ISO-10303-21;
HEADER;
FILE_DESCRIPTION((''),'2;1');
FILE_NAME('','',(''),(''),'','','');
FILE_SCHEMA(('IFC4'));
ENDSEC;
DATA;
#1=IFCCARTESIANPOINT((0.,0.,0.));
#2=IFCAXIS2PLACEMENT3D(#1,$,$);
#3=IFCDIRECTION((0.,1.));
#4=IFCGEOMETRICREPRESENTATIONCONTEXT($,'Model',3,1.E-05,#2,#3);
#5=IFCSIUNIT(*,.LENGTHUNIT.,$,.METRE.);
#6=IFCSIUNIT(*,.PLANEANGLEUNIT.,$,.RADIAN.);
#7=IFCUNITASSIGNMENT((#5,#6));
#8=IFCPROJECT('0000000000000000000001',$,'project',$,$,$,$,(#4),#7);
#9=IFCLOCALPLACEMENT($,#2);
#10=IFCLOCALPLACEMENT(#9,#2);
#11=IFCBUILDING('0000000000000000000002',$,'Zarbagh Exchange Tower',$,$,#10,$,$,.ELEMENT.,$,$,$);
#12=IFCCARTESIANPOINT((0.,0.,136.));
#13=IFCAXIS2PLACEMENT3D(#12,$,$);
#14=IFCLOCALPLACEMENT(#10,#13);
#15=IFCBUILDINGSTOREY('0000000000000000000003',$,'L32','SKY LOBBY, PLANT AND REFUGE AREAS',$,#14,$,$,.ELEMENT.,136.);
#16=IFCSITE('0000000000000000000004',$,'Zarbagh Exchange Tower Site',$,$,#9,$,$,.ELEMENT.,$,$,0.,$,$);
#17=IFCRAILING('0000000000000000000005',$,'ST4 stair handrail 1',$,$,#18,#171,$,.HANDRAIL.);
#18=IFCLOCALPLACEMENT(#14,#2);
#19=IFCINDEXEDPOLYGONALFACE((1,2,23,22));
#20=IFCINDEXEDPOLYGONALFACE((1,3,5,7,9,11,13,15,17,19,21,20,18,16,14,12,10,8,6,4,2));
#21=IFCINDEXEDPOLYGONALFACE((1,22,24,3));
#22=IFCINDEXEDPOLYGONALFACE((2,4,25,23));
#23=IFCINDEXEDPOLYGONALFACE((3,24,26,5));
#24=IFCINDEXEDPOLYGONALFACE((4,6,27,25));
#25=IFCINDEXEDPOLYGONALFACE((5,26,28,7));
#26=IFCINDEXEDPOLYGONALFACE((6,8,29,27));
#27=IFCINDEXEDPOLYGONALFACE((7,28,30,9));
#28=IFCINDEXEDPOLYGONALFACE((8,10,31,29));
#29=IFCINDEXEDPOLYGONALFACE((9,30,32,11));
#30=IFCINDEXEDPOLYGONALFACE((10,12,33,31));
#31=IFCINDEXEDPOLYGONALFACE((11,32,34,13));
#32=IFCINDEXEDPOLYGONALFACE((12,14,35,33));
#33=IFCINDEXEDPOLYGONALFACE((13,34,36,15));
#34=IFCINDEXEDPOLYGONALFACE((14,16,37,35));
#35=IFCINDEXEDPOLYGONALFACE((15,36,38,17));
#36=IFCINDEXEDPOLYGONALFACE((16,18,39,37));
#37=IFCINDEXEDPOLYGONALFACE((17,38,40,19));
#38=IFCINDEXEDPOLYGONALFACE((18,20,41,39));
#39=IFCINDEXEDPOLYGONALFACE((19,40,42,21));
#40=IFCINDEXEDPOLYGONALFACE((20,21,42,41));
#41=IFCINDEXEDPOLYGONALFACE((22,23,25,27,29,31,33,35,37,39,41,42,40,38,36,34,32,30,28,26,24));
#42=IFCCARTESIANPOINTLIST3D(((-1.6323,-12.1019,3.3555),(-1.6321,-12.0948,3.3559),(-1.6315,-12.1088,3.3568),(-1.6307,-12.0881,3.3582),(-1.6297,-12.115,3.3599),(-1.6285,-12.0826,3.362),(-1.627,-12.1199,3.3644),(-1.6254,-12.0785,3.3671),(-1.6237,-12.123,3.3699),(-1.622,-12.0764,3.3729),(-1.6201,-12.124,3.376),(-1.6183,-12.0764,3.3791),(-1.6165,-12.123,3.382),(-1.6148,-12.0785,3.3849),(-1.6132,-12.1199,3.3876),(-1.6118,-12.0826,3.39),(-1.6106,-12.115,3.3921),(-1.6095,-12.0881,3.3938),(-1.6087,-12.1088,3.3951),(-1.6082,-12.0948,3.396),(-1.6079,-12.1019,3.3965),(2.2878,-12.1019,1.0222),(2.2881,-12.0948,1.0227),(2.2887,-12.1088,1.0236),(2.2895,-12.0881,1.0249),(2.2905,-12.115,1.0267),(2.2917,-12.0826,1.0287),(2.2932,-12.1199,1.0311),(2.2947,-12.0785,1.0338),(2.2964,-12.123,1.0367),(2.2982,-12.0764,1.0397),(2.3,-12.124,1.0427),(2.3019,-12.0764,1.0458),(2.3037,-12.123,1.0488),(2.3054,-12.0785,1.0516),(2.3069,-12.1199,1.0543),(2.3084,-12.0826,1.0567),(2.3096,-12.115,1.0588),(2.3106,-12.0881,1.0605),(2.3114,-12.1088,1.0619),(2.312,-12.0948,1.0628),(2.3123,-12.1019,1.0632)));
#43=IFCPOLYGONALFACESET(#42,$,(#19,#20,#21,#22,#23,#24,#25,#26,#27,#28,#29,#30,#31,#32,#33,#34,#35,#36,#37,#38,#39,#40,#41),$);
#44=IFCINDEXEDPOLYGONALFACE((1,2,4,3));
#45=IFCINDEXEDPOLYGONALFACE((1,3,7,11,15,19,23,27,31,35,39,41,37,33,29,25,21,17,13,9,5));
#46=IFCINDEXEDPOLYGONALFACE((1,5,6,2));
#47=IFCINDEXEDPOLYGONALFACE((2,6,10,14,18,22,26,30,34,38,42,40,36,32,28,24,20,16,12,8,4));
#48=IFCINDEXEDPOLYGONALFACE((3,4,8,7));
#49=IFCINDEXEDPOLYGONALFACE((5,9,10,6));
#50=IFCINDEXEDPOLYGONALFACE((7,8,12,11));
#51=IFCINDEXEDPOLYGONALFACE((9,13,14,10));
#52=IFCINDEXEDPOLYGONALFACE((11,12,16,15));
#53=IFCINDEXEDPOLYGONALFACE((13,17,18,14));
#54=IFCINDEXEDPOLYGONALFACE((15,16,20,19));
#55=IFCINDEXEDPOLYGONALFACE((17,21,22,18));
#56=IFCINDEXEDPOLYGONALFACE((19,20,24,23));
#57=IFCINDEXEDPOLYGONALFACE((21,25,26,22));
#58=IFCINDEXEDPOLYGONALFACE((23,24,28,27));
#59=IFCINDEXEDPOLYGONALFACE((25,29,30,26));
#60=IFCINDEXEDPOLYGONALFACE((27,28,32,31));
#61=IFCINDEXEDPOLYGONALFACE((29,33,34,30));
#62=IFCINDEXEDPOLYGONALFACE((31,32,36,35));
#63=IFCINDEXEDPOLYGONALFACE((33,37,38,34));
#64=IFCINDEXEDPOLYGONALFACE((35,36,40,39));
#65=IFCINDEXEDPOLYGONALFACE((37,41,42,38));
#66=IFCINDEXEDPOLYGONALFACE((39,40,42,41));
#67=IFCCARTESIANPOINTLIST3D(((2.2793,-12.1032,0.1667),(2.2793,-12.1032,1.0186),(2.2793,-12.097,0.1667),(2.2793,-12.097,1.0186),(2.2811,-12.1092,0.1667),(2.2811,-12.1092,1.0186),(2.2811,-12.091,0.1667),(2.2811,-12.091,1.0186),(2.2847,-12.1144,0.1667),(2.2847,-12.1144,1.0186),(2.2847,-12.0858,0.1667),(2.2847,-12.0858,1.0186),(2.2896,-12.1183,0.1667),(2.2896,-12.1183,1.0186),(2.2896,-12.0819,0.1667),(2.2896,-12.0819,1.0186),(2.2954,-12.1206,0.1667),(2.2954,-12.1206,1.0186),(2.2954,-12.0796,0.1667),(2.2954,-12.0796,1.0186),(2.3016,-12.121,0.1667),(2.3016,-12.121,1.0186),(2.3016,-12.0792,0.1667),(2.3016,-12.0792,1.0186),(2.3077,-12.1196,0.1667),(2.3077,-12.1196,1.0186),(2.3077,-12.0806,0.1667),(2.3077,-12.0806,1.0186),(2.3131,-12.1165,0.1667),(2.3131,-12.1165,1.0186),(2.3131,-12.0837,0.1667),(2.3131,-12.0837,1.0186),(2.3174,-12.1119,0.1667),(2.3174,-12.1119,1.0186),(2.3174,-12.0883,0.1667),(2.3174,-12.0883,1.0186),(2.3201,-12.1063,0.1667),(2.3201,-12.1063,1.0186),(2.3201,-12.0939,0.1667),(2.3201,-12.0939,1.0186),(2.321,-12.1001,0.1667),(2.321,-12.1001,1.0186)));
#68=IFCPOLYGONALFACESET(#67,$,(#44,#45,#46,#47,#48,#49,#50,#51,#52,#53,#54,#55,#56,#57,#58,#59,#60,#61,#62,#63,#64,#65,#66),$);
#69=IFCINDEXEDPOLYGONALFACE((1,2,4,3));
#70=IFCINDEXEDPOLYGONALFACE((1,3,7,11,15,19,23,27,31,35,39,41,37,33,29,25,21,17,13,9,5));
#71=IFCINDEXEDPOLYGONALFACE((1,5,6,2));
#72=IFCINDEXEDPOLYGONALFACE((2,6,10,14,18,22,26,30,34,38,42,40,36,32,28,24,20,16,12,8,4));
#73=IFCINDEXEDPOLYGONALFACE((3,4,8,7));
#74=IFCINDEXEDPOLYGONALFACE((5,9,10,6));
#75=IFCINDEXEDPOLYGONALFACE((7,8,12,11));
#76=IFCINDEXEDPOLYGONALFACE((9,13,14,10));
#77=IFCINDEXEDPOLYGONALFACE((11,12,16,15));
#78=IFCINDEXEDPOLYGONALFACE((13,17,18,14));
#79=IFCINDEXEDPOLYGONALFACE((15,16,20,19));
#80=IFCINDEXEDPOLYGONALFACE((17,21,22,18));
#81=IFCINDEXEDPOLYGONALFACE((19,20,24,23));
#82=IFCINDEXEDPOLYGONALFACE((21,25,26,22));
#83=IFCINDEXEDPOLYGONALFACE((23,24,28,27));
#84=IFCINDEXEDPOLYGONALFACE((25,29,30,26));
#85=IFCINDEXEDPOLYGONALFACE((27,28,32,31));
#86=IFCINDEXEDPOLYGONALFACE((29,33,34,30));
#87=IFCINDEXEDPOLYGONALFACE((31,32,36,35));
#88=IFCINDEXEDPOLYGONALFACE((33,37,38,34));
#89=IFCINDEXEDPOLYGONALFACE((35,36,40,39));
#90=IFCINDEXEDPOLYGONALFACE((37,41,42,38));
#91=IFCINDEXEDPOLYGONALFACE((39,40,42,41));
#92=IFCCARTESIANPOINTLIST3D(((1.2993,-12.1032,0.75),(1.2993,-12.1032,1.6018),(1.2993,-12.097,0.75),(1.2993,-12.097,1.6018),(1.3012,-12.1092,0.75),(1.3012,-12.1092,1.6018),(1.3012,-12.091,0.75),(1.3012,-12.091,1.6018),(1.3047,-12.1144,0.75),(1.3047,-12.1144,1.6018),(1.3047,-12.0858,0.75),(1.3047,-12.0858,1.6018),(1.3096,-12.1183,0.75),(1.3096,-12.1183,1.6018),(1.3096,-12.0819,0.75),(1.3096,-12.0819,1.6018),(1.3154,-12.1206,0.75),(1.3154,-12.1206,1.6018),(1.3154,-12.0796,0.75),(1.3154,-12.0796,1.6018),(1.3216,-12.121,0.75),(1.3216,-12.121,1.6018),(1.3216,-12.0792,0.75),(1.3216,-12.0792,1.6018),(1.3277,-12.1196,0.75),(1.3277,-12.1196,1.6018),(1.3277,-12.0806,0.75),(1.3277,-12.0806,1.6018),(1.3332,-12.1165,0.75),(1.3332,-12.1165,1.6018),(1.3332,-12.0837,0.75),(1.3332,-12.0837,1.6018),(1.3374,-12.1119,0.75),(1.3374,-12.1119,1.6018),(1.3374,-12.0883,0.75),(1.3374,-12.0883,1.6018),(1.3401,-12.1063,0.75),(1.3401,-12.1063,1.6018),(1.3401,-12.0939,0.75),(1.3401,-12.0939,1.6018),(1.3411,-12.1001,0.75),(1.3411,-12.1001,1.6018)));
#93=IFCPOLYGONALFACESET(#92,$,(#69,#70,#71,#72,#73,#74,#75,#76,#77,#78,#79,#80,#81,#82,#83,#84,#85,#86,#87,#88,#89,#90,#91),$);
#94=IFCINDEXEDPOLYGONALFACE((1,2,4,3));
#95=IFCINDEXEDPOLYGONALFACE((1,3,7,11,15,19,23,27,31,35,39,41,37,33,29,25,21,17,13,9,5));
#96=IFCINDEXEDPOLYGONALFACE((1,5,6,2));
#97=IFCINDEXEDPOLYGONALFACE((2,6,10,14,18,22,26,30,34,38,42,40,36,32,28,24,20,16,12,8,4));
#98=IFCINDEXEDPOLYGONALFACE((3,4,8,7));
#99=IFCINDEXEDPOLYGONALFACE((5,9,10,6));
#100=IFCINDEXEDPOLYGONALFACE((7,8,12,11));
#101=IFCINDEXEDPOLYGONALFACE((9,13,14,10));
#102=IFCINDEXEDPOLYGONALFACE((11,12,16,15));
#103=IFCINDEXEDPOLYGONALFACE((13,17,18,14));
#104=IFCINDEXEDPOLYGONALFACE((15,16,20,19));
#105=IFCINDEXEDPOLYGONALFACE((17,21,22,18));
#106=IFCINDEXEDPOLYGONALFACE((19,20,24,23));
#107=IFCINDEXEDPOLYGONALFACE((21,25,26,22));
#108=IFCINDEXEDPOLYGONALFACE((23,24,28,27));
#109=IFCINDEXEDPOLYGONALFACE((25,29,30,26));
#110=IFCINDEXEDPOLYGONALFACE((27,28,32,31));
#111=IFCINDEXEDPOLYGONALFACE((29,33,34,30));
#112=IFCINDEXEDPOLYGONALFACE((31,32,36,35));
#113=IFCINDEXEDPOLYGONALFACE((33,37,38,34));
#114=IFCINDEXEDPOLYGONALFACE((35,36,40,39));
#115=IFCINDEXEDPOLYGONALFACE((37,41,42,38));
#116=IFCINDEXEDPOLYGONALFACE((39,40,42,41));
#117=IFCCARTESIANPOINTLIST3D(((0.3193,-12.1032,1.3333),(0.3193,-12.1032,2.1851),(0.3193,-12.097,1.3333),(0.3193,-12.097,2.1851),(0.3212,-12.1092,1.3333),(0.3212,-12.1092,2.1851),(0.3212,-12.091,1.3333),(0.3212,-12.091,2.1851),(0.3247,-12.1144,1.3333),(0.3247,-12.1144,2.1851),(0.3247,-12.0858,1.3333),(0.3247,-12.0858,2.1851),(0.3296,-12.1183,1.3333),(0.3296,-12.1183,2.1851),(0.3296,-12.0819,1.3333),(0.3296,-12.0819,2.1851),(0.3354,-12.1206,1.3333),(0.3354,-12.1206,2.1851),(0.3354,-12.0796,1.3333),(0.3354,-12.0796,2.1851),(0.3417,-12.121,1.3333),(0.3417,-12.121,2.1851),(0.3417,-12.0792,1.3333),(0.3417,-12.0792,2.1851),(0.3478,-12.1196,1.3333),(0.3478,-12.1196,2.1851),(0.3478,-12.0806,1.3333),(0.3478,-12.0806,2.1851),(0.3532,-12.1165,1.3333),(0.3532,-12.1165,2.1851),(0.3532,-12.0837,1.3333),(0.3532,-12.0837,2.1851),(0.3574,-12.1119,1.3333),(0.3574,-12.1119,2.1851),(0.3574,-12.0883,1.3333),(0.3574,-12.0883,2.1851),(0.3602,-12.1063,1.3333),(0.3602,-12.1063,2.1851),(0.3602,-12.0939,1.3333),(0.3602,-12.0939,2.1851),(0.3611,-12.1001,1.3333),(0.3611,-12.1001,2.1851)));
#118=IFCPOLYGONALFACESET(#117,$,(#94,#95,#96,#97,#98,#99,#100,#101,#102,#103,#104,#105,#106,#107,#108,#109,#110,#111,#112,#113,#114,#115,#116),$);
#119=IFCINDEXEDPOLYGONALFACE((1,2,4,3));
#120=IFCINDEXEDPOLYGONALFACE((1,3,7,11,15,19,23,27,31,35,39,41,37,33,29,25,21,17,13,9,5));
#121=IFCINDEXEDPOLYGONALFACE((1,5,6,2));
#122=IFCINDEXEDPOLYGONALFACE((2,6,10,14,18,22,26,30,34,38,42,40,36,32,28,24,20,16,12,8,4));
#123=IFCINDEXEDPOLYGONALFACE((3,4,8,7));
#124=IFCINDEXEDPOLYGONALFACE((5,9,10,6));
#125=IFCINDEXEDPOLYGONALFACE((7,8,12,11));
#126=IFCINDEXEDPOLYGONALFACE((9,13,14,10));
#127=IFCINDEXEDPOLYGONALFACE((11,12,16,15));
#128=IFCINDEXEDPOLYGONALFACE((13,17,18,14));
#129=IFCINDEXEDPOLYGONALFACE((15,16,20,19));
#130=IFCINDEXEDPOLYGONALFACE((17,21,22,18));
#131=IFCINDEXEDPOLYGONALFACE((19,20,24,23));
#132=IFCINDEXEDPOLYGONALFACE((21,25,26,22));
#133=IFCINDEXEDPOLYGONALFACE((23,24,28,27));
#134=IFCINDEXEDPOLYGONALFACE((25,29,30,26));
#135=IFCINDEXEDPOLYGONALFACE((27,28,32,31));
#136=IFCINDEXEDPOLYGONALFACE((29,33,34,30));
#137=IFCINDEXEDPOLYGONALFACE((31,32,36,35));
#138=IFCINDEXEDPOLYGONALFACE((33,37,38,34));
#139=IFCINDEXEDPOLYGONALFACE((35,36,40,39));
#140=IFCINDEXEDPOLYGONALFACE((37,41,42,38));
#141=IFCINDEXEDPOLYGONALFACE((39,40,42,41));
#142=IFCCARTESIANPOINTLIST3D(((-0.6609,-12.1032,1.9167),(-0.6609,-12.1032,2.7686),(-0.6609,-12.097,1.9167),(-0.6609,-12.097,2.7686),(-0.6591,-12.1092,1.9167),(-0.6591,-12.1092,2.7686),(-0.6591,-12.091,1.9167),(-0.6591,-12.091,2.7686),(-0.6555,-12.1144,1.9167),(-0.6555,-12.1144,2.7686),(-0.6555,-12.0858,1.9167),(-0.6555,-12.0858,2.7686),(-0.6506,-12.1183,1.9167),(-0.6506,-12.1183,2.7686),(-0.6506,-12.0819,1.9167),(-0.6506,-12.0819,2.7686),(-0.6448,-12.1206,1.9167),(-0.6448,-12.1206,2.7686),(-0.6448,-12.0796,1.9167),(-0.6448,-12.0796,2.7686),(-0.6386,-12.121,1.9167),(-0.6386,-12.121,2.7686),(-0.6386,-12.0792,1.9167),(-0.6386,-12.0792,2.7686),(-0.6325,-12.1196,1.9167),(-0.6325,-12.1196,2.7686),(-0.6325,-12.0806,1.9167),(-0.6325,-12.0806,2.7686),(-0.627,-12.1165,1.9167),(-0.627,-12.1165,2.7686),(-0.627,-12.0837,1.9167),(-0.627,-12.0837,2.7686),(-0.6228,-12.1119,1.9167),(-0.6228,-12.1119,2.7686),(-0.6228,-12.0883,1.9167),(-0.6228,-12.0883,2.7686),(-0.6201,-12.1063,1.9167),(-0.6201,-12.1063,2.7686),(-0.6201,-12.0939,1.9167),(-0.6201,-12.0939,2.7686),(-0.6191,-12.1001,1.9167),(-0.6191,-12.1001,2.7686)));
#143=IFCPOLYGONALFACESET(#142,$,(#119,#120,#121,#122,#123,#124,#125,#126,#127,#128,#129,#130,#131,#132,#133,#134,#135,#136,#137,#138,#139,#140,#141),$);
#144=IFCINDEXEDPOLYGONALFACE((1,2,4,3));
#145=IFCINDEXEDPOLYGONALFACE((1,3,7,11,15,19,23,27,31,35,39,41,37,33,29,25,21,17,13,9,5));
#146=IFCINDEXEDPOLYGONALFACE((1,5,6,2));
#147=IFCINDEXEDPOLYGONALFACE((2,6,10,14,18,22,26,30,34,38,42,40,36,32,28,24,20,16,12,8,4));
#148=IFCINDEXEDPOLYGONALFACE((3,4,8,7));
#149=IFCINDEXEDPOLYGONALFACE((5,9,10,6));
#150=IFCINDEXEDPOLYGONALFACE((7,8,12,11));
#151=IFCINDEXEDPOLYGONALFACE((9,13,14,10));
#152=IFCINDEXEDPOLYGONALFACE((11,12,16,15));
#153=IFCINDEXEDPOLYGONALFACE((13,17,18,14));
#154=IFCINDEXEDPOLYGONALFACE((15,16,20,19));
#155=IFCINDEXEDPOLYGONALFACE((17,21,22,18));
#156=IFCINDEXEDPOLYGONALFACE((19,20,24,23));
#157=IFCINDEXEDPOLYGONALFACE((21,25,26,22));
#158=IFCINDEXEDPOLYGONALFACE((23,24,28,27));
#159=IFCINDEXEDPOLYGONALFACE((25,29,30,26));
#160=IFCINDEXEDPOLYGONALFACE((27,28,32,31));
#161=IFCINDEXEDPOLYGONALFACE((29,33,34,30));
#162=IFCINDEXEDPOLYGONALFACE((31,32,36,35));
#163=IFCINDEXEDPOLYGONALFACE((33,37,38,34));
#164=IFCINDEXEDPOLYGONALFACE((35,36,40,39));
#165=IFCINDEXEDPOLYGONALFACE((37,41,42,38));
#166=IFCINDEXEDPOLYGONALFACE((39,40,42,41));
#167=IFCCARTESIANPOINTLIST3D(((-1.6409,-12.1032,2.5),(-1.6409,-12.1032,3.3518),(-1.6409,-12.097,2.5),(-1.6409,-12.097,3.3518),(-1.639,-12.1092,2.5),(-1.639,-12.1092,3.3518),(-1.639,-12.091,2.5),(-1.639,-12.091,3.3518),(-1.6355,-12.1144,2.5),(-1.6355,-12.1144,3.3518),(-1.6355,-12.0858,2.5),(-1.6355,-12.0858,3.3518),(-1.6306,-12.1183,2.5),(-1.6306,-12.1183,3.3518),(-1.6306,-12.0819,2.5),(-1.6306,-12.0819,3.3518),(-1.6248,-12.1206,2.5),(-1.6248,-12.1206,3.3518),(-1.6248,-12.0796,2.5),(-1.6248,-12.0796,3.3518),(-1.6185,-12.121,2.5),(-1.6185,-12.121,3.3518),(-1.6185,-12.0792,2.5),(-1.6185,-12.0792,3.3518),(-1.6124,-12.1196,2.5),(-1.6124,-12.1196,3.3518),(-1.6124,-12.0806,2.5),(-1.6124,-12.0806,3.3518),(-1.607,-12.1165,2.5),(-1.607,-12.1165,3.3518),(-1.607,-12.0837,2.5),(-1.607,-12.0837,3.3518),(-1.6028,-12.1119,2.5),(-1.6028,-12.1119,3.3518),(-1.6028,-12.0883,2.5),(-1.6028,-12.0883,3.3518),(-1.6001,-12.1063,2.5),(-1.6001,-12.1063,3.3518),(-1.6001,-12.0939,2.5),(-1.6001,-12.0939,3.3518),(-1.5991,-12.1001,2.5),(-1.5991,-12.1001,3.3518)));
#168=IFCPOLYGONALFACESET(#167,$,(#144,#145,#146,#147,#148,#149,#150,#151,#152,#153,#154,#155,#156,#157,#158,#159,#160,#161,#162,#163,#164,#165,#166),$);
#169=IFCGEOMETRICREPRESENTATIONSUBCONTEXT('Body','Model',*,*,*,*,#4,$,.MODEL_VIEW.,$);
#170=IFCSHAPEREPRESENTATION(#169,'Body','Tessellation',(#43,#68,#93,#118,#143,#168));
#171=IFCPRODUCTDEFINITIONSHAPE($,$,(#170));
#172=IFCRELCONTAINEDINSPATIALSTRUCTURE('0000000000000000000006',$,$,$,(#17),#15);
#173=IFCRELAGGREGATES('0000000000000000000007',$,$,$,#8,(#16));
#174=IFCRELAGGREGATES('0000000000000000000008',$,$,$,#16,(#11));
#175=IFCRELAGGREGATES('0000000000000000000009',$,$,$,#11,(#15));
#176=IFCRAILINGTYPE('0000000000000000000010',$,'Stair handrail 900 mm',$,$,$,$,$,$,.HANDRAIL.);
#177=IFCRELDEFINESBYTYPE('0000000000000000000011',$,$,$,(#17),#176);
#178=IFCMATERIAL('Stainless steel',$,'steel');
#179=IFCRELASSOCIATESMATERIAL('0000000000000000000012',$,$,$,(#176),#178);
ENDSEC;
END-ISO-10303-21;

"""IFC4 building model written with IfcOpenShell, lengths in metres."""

from ifc_helpers import new_model, si_unit, direction, frame, origin, origin_2d, place, context, subcontext, project, spatial, circle, extrude, material, type_object, element, save


model = new_model("IFC4")

# Units and contexts
model_context = context("Model", 3, precision=1e-05, world=origin(), true_north=direction((0.0, 1.0)))
body_context = subcontext(model_context, "Body", "Model", "MODEL_VIEW")
ifc_project = project(units=[si_unit("LENGTHUNIT", "METRE"), si_unit("PLANEANGLEUNIT", "RADIAN")], contexts=[model_context])

# Site, building, storey
site_placement = place(None, origin())
site = spatial("IfcSite", under=ifc_project, at=site_placement, Name="Zarbagh Exchange Tower Site", CompositionType="ELEMENT", RefElevation=0.0)
building_placement = place(site_placement, origin())
building = spatial("IfcBuilding", under=site, at=building_placement, Name="Zarbagh Exchange Tower", CompositionType="ELEMENT")
storey_placement = place(building_placement, frame((0.0, 0.0, 136.0)))
storey = spatial("IfcBuildingStorey", under=building, at=storey_placement, Name="L32", Description="SKY LOBBY, PLANT AND REFUGE AREAS", CompositionType="ELEMENT", Elevation=136.0)

# Railing
ifc_material_1 = material(Name="Stainless steel", Category="steel")
railing_type_1 = type_object("IfcRailingType", Name="Stair handrail 900 mm", PredefinedType="HANDRAIL", material=ifc_material_1)
for number, where, name in (
    (1, (2.3, -12.1001, 0.1667), "ST4 stair handrail 1"),
):
    element("IfcRailing", number, at=place(storey_placement, frame(where)), inside=storey, type_object=railing_type_1, Name=name, PredefinedType="HANDRAIL", context=body_context, shape_type="SweptSolid", body=[
        extrude(circle(Radius=0.0239, at=origin_2d()), frame((0.0, 0.0, 0.876), z_axis=(-0.85931, 0.0, 0.511455), x_axis=(0.0, -1.0, 0.0)), (0.0, 0.0, 1.0), 4.562),
        extrude(circle(Radius=0.021, at=origin_2d()), origin(), (0.0, 0.0, 1.0), 0.8518),
        extrude(circle(Radius=0.021, at=origin_2d()), frame((-0.98, 0.0, 0.5833)), (0.0, 0.0, 1.0), 0.8518),
        extrude(circle(Radius=0.021, at=origin_2d()), frame((-1.96, 0.0, 1.1665)), (0.0, 0.0, 1.0), 0.8518),
        extrude(circle(Radius=0.021, at=origin_2d()), frame((-2.9402, 0.0, 1.75)), (0.0, 0.0, 1.0), 0.8518),
        extrude(circle(Radius=0.021, at=origin_2d()), frame((-3.9202, 0.0, 2.3333)), (0.0, 0.0, 1.0), 0.8518),
    ])

save(model, "model.ifc")
